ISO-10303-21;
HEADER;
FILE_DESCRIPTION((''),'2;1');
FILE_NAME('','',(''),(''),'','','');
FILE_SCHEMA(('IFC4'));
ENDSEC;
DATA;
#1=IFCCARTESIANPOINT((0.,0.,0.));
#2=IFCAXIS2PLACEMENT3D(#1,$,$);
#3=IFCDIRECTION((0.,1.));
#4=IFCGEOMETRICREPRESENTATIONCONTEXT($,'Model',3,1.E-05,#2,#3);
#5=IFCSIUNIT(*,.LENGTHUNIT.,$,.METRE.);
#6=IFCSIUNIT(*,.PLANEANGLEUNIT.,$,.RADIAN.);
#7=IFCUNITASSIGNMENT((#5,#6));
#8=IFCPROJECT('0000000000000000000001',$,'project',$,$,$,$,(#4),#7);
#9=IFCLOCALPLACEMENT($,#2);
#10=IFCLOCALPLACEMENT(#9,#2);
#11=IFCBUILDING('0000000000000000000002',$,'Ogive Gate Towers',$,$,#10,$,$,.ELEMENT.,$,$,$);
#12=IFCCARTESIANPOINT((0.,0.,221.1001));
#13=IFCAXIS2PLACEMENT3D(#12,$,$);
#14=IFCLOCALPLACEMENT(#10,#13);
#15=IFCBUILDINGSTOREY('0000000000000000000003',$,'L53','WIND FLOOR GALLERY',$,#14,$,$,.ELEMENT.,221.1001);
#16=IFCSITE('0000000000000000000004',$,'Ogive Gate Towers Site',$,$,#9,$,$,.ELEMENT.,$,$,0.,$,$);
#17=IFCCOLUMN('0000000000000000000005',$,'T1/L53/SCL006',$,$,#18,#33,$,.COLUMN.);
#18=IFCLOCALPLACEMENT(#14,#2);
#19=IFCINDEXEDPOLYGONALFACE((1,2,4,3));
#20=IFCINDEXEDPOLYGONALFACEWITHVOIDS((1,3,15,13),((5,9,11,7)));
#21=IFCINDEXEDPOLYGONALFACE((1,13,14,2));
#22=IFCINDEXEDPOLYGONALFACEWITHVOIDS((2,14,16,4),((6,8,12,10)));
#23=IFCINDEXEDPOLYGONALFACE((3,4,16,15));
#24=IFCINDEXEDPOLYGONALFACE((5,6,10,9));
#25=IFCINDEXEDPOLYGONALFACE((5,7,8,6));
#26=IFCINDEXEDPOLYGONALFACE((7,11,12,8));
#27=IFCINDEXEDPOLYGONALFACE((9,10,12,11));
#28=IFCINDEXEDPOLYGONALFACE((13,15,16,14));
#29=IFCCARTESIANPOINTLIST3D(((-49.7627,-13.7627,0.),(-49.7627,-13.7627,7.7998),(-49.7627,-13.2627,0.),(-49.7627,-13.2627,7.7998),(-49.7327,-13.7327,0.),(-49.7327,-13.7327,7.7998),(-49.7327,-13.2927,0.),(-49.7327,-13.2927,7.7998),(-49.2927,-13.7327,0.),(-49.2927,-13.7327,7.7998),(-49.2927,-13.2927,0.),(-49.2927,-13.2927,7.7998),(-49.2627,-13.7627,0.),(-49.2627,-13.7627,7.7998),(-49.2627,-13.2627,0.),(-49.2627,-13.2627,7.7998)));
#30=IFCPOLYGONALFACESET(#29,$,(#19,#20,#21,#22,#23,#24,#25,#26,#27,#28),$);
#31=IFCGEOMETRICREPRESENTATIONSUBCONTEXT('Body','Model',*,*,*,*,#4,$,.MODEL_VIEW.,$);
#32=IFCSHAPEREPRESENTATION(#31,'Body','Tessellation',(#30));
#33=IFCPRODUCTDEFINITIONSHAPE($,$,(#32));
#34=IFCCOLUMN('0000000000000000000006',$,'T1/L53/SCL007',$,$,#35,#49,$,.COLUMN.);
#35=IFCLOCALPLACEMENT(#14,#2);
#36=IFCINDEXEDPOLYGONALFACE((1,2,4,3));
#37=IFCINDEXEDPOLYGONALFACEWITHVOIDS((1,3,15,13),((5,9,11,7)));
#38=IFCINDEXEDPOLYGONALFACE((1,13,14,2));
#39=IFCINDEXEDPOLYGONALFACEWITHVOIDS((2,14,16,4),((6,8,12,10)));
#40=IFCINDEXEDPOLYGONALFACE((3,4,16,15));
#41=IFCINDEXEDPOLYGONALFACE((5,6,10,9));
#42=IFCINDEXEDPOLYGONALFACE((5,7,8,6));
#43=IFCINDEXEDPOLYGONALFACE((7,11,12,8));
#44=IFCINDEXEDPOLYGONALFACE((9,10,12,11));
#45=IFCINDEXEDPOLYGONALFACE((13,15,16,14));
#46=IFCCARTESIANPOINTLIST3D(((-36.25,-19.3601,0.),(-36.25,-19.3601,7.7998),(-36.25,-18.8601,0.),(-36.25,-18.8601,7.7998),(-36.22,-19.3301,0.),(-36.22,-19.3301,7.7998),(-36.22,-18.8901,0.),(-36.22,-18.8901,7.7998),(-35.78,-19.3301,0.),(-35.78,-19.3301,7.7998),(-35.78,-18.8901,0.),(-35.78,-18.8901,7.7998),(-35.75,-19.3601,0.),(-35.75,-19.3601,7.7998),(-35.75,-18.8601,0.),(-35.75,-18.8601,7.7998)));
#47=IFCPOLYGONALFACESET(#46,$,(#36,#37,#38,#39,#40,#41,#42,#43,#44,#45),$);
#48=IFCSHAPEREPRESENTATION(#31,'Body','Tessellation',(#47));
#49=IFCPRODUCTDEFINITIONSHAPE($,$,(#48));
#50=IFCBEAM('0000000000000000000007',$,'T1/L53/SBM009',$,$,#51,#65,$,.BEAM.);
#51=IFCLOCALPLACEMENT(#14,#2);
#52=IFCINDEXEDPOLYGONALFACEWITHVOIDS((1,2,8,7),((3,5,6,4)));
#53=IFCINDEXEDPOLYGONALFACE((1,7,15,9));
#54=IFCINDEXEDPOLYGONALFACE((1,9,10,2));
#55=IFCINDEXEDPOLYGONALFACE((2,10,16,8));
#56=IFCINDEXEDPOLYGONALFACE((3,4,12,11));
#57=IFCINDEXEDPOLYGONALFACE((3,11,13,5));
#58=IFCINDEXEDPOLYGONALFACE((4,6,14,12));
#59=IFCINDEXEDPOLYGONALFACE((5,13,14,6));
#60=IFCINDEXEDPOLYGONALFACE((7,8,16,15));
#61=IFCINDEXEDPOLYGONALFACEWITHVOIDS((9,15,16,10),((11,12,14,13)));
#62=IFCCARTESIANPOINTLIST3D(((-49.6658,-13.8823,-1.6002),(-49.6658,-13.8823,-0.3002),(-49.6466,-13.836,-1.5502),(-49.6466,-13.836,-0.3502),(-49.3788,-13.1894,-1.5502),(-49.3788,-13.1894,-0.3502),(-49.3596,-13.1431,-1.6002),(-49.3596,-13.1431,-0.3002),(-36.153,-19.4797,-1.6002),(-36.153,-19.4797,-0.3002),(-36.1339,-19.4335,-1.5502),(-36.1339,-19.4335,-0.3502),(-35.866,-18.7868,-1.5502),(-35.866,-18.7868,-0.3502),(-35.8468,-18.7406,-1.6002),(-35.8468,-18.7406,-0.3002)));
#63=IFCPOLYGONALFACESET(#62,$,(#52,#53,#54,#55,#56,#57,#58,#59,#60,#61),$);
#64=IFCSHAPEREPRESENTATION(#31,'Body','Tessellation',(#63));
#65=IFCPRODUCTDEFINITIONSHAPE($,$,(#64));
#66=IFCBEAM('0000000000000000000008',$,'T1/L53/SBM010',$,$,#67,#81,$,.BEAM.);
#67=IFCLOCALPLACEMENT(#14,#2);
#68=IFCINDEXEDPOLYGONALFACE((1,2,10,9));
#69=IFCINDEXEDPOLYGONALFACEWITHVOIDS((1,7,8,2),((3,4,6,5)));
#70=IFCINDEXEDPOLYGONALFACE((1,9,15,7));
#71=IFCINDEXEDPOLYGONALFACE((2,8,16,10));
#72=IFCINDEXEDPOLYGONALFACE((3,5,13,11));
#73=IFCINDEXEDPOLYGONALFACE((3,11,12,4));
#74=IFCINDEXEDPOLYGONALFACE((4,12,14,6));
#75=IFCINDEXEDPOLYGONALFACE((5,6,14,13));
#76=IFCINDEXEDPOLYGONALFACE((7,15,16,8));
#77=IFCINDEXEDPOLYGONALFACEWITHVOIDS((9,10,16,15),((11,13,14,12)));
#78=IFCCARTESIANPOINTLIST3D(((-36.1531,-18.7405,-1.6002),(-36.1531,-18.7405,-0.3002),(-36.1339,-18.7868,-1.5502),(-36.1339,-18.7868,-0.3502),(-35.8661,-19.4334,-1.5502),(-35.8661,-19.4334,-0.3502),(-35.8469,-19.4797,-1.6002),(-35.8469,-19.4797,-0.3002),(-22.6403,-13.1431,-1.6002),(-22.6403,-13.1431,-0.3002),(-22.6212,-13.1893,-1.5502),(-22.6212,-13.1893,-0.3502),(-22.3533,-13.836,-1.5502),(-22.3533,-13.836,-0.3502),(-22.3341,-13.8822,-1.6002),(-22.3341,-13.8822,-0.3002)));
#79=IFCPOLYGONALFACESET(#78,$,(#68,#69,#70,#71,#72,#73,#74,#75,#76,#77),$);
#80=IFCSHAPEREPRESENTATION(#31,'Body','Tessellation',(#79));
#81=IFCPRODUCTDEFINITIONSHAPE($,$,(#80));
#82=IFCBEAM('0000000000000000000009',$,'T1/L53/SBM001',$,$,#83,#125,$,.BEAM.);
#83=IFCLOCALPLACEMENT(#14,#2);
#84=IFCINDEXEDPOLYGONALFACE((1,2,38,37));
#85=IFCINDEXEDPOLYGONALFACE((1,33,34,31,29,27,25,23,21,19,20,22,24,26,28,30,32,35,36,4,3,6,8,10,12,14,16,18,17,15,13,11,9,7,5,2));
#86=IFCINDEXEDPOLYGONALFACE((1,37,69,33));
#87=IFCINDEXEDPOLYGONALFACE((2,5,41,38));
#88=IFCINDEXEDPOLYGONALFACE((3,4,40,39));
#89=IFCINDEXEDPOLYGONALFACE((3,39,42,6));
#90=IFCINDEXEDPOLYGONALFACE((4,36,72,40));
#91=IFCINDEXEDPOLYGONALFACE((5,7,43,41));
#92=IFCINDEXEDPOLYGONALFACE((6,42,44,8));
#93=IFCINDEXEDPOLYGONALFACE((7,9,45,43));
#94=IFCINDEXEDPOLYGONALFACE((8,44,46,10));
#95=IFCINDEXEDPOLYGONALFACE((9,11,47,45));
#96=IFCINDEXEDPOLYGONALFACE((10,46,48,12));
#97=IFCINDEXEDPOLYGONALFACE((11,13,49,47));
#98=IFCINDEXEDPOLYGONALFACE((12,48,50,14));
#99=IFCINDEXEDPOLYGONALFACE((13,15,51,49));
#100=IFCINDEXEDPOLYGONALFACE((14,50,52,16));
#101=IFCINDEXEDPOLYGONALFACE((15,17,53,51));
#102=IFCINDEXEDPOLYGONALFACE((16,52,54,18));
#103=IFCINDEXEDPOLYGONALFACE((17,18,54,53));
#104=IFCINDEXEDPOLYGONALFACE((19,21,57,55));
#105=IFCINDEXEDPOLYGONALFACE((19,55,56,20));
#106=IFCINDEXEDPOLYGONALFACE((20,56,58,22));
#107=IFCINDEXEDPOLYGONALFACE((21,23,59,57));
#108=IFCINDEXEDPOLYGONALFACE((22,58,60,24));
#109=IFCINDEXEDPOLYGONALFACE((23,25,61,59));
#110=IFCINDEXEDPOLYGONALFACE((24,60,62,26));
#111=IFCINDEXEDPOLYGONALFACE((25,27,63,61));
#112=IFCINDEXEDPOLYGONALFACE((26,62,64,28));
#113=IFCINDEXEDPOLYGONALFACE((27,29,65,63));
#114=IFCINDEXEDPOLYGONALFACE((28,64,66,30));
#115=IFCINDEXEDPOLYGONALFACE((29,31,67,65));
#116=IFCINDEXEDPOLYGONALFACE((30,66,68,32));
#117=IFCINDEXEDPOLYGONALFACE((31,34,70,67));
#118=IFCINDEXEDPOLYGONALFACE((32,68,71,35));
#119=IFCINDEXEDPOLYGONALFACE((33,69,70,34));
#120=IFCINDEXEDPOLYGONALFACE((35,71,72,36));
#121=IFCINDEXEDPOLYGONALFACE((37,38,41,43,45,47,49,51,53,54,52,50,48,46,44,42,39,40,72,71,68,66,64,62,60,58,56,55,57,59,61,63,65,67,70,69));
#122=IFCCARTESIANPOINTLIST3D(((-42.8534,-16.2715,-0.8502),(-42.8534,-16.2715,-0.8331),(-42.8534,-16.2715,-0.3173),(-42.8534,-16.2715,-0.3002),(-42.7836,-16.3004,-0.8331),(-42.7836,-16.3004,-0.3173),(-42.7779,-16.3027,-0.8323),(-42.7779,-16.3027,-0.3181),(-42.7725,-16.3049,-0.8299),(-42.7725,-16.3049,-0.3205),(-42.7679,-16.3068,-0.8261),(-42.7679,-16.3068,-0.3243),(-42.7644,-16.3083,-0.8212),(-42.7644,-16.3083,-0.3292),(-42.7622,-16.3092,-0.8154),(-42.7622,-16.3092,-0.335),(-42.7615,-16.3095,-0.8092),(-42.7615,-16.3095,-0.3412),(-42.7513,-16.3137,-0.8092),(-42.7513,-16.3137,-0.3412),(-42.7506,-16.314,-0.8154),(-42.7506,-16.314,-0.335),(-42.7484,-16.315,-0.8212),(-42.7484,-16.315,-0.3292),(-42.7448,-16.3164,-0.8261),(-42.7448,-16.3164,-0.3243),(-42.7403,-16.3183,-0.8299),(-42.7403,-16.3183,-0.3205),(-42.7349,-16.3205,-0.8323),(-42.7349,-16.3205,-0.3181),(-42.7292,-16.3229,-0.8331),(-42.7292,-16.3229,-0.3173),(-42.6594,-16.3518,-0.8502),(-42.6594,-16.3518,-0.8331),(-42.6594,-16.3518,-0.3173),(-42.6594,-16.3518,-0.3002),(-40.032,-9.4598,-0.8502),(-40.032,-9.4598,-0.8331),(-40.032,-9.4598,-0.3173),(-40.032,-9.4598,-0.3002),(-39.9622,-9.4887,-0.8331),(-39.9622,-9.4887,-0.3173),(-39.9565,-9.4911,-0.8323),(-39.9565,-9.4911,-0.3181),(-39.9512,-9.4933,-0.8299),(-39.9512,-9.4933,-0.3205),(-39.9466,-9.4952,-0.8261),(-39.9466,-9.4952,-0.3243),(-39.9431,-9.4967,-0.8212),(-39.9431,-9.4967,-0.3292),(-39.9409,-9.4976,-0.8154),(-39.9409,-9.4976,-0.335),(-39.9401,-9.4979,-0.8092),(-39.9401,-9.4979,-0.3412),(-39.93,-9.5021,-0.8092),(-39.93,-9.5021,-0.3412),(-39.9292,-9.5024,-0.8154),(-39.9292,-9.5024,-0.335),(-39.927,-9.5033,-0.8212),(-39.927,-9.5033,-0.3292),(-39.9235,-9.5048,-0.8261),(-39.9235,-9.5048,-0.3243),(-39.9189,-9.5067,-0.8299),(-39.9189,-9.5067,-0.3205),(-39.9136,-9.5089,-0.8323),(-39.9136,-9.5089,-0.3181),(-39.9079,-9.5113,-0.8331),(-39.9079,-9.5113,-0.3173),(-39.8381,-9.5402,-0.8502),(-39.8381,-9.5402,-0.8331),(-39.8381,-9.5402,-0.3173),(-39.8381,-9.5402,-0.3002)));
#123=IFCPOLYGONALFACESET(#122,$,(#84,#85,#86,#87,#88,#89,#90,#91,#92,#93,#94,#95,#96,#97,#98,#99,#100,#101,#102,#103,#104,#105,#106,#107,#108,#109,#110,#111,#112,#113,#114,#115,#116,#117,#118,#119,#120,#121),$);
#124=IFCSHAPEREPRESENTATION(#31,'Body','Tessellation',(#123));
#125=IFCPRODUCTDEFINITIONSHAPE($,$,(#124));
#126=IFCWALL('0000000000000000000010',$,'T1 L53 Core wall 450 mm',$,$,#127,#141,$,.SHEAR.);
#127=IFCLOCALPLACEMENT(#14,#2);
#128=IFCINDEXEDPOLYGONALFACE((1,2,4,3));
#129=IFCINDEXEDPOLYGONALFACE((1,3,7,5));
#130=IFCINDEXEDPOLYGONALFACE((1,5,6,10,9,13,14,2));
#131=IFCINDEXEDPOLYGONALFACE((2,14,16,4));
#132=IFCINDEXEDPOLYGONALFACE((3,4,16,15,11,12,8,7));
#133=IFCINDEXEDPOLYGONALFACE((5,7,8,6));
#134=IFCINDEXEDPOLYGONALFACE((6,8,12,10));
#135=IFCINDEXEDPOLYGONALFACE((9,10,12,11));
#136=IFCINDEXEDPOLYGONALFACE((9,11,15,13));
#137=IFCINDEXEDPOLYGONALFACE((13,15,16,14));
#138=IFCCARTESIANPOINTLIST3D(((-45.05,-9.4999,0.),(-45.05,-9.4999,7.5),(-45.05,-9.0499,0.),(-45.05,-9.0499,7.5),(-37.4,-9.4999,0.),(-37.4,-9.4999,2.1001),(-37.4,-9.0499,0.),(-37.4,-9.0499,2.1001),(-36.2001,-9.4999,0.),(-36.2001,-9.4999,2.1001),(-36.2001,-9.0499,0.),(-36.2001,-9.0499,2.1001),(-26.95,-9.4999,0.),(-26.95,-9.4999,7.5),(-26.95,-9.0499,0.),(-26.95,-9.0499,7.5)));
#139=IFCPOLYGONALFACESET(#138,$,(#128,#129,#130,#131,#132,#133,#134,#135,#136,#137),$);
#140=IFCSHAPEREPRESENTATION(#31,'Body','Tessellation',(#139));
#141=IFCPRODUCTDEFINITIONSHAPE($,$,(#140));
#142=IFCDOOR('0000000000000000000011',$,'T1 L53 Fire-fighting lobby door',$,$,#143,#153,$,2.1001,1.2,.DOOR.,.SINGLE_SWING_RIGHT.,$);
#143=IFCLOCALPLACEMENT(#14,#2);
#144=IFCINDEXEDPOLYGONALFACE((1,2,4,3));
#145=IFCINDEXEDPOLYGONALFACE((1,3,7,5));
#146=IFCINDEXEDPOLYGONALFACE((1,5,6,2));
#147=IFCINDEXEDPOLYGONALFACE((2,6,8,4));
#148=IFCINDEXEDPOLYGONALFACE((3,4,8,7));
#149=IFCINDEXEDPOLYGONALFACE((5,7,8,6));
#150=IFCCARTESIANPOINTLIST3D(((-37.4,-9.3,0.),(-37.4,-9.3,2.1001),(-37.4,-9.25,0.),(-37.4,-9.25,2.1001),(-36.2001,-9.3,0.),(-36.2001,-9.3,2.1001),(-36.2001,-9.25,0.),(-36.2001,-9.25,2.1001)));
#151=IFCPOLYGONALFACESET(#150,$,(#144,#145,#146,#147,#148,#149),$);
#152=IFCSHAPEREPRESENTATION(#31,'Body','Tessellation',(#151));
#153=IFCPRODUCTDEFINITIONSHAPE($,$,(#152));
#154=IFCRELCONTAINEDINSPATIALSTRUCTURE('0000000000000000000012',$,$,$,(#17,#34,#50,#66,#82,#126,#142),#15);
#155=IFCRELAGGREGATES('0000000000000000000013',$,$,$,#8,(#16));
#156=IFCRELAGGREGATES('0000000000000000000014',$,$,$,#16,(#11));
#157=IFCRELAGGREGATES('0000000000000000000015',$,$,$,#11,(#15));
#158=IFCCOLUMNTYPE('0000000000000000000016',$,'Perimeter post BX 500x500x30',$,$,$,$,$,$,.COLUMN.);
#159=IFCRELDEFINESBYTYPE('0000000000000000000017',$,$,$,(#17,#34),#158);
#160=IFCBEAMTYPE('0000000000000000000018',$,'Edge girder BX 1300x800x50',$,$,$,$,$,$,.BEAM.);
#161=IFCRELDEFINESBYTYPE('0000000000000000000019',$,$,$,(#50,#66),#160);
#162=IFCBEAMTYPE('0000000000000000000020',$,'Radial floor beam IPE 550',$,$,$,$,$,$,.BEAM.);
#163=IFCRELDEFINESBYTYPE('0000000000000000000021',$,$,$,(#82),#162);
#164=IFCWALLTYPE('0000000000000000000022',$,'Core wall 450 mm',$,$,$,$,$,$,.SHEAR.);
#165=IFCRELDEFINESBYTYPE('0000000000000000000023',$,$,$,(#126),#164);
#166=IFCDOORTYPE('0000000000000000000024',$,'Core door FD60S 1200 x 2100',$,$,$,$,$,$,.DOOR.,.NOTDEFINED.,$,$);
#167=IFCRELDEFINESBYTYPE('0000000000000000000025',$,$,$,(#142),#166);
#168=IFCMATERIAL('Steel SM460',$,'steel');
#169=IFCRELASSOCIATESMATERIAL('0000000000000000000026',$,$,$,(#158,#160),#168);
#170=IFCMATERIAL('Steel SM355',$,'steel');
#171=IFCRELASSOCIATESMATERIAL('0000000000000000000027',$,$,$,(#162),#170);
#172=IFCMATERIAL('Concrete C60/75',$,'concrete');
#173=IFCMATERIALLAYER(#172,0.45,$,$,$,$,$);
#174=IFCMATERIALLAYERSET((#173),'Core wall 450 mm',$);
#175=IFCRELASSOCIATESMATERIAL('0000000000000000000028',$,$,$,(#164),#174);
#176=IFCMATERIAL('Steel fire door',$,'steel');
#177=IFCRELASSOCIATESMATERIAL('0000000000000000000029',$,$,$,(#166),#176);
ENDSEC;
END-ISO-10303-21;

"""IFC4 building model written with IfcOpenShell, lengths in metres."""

from ifc_helpers import new_model, si_unit, direction, frame, frame_2d, origin, origin_2d, place, context, subcontext, project, spatial, rectangle, hollow_rectangle, i_section, extrude, material, layer, layer_set, material_profile, profile_set, type_object, element, fill, save


model = new_model("IFC4")

# Units and contexts
model_context = context("Model", 3, precision=1e-05, world=origin(), true_north=direction((0.0, 1.0)))
body_context = subcontext(model_context, "Body", "Model", "MODEL_VIEW")
ifc_project = project(units=[si_unit("LENGTHUNIT", "METRE"), si_unit("PLANEANGLEUNIT", "RADIAN")], contexts=[model_context])

# Site, building, storey
site_placement = place(None, origin())
site = spatial("IfcSite", under=ifc_project, at=site_placement, Name="Ogive Gate Towers Site", CompositionType="ELEMENT", RefElevation=0.0)
building_placement = place(site_placement, origin())
building = spatial("IfcBuilding", under=site, at=building_placement, Name="Ogive Gate Towers", CompositionType="ELEMENT")
storey_placement = place(building_placement, frame((0.0, 0.0, 221.1001)))
storey = spatial("IfcBuildingStorey", under=building, at=storey_placement, Name="L53", Description="WIND FLOOR GALLERY", CompositionType="ELEMENT", Elevation=221.1001)

# Columns
ifc_material_1 = material(Name="Steel SM460", Category="steel")
ifc_material_profile_1 = material_profile(ifc_material_1, hollow_rectangle(XDim=0.5, YDim=0.5, WallThickness=0.03, at=origin_2d()), Name="BX 500x500x30")
ifc_profile_set_1 = profile_set([ifc_material_profile_1], Name="Steel SM460")
column_type = type_object("IfcColumnType", Name="Perimeter post BX 500x500x30", PredefinedType="COLUMN", material=ifc_profile_set_1)
for number, where, z_axis, x_axis, name in (
    (1, (-49.5127, -13.5127, 0.0), (0.0, 0.0, 1.0), (1.0, 0.0, 0.0), "T1/L53/SCL006"),
    (2, (-36.0, -19.1101, 0.0), (0.0, 0.0, 1.0), (1.0, 0.0, 0.0), "T1/L53/SCL007"),
):
    element("IfcColumn", number, at=place(storey_placement, frame(where, z_axis=z_axis, x_axis=x_axis)), inside=storey, type_object=column_type, Name=name, PredefinedType="COLUMN", context=body_context, shape_type="SweptSolid", body=[
        extrude(hollow_rectangle(XDim=0.5, YDim=0.5, WallThickness=0.03, at=origin_2d()), origin(), (0.0, 0.0, 1.0), 7.7998),
    ])

# Beams
ifc_material_profile_2 = material_profile(ifc_material_1, hollow_rectangle(XDim=0.8, YDim=1.3, WallThickness=0.05, at=origin_2d()), Name="BX 1300x800x50")
ifc_profile_set_2 = profile_set([ifc_material_profile_2], Name="Steel SM460")
beam_type_1 = type_object("IfcBeamType", Name="Edge girder BX 1300x800x50", PredefinedType="BEAM", material=ifc_profile_set_2)
for number, where, z_axis, x_axis, name in (
    (3, (-49.5127, -13.5127, -0.9502), (0.923873, -0.382699, 0.0), (0.382699, 0.923873, 0.0), "T1/L53/SBM009"),
    (4, (-36.0, -19.1101, -0.9502), (0.923873, 0.382699, 0.0), (-0.382699, 0.923873, 0.0), "T1/L53/SBM010"),
):
    element("IfcBeam", number, at=place(storey_placement, frame(where, z_axis=z_axis, x_axis=x_axis)), inside=storey, type_object=beam_type_1, Name=name, PredefinedType="BEAM", context=body_context, shape_type="SweptSolid", body=[
        extrude(hollow_rectangle(XDim=0.8, YDim=1.3, WallThickness=0.05, at=origin_2d()), origin(), (0.0, 0.0, 1.0), 14.6262),
    ])
ifc_material_2 = material(Name="Steel SM355", Category="steel")
ifc_material_profile_3 = material_profile(ifc_material_2, i_section(OverallWidth=0.21, OverallDepth=0.55, WebThickness=0.011, FlangeThickness=0.0171, FilletRadius=0.0239, at=origin_2d()), Name="IPE 550")
ifc_profile_set_3 = profile_set([ifc_material_profile_3], Name="Steel SM355")
beam_type_2 = type_object("IfcBeamType", Name="Radial floor beam IPE 550", PredefinedType="BEAM", material=ifc_profile_set_3)
beam_placement = place(storey_placement, frame((-39.9351, -9.5, -0.5752), z_axis=(-0.382668, -0.923886, 0.0), x_axis=(0.923886, -0.382668, 0.0)))
element("IfcBeam", 5, at=beam_placement, inside=storey, type_object=beam_type_2, Name="T1/L53/SBM001", PredefinedType="BEAM", context=body_context, shape_type="SweptSolid", body=[
    extrude(i_section(OverallWidth=0.21, OverallDepth=0.55, WebThickness=0.011, FlangeThickness=0.0171, FilletRadius=0.0239, at=origin_2d()), origin(), (0.0, 0.0, 1.0), 7.3728),
])

# Wall, opening, door
ifc_material_3 = material(Name="Concrete C60/75", Category="concrete")
ifc_layer = layer(ifc_material_3, 0.45)
ifc_layer_set = layer_set([ifc_layer], Name="Core wall 450 mm")
wall_type = type_object("IfcWallType", Name="Core wall 450 mm", PredefinedType="SHEAR", material=ifc_layer_set)
wall_1_placement = place(storey_placement, frame((-45.05, -9.2749, 0.0), z_axis=(0.0, 0.0, 1.0), x_axis=(1.0, 0.0, 0.0)))
wall_1 = element("IfcWall", 6, at=wall_1_placement, inside=storey, type_object=wall_type, Name="T1 L53 Core wall 450 mm", PredefinedType="SHEAR", context=body_context, shape_type="SweptSolid", body=[
    extrude(rectangle(XDim=18.1001, YDim=0.45, at=frame_2d((9.05, 0.0))), origin(), (0.0, 0.0, 1.0), 7.5),
])
opening_1_placement = place(wall_1_placement, frame((7.6499, 0.0, 0.0)))
opening_1 = element("IfcOpeningElement", 7, at=opening_1_placement, cuts=wall_1, PredefinedType="OPENING", context=body_context, shape_type="SweptSolid", body=[
    extrude(rectangle(XDim=1.2, YDim=2.1001, at=frame_2d((0.6001, 1.05))), frame((0.0, 0.2349, 0.0), z_axis=(0.0, -1.0, 0.0), x_axis=(1.0, 0.0, 0.0)), (0.0, 0.0, 1.0), 0.47),
])
ifc_material_4 = material(Name="Steel fire door", Category="steel")
door_type_1 = type_object("IfcDoorType", Name="Core door FD60S 1200 x 2100", OperationType="NOTDEFINED", PredefinedType="DOOR", material=ifc_material_4)
door_1_placement = place(opening_1_placement, origin())
door_1 = element("IfcDoor", 8, at=door_1_placement, inside=storey, type_object=door_type_1, Name="T1 L53 Fire-fighting lobby door", OperationType="SINGLE_SWING_RIGHT", OverallHeight=2.1001, OverallWidth=1.2, PredefinedType="DOOR", context=body_context, shape_type="SweptSolid", body=[
    extrude(rectangle(XDim=1.2, YDim=2.1001, at=frame_2d((0.6001, 1.05))), frame((0.0, 0.0249, 0.0), z_axis=(0.0, -1.0, 0.0), x_axis=(1.0, 0.0, 0.0)), (0.0, 0.0, 1.0), 0.05),
])
fill(opening_1, door_1)

save(model, "model.ifc")
